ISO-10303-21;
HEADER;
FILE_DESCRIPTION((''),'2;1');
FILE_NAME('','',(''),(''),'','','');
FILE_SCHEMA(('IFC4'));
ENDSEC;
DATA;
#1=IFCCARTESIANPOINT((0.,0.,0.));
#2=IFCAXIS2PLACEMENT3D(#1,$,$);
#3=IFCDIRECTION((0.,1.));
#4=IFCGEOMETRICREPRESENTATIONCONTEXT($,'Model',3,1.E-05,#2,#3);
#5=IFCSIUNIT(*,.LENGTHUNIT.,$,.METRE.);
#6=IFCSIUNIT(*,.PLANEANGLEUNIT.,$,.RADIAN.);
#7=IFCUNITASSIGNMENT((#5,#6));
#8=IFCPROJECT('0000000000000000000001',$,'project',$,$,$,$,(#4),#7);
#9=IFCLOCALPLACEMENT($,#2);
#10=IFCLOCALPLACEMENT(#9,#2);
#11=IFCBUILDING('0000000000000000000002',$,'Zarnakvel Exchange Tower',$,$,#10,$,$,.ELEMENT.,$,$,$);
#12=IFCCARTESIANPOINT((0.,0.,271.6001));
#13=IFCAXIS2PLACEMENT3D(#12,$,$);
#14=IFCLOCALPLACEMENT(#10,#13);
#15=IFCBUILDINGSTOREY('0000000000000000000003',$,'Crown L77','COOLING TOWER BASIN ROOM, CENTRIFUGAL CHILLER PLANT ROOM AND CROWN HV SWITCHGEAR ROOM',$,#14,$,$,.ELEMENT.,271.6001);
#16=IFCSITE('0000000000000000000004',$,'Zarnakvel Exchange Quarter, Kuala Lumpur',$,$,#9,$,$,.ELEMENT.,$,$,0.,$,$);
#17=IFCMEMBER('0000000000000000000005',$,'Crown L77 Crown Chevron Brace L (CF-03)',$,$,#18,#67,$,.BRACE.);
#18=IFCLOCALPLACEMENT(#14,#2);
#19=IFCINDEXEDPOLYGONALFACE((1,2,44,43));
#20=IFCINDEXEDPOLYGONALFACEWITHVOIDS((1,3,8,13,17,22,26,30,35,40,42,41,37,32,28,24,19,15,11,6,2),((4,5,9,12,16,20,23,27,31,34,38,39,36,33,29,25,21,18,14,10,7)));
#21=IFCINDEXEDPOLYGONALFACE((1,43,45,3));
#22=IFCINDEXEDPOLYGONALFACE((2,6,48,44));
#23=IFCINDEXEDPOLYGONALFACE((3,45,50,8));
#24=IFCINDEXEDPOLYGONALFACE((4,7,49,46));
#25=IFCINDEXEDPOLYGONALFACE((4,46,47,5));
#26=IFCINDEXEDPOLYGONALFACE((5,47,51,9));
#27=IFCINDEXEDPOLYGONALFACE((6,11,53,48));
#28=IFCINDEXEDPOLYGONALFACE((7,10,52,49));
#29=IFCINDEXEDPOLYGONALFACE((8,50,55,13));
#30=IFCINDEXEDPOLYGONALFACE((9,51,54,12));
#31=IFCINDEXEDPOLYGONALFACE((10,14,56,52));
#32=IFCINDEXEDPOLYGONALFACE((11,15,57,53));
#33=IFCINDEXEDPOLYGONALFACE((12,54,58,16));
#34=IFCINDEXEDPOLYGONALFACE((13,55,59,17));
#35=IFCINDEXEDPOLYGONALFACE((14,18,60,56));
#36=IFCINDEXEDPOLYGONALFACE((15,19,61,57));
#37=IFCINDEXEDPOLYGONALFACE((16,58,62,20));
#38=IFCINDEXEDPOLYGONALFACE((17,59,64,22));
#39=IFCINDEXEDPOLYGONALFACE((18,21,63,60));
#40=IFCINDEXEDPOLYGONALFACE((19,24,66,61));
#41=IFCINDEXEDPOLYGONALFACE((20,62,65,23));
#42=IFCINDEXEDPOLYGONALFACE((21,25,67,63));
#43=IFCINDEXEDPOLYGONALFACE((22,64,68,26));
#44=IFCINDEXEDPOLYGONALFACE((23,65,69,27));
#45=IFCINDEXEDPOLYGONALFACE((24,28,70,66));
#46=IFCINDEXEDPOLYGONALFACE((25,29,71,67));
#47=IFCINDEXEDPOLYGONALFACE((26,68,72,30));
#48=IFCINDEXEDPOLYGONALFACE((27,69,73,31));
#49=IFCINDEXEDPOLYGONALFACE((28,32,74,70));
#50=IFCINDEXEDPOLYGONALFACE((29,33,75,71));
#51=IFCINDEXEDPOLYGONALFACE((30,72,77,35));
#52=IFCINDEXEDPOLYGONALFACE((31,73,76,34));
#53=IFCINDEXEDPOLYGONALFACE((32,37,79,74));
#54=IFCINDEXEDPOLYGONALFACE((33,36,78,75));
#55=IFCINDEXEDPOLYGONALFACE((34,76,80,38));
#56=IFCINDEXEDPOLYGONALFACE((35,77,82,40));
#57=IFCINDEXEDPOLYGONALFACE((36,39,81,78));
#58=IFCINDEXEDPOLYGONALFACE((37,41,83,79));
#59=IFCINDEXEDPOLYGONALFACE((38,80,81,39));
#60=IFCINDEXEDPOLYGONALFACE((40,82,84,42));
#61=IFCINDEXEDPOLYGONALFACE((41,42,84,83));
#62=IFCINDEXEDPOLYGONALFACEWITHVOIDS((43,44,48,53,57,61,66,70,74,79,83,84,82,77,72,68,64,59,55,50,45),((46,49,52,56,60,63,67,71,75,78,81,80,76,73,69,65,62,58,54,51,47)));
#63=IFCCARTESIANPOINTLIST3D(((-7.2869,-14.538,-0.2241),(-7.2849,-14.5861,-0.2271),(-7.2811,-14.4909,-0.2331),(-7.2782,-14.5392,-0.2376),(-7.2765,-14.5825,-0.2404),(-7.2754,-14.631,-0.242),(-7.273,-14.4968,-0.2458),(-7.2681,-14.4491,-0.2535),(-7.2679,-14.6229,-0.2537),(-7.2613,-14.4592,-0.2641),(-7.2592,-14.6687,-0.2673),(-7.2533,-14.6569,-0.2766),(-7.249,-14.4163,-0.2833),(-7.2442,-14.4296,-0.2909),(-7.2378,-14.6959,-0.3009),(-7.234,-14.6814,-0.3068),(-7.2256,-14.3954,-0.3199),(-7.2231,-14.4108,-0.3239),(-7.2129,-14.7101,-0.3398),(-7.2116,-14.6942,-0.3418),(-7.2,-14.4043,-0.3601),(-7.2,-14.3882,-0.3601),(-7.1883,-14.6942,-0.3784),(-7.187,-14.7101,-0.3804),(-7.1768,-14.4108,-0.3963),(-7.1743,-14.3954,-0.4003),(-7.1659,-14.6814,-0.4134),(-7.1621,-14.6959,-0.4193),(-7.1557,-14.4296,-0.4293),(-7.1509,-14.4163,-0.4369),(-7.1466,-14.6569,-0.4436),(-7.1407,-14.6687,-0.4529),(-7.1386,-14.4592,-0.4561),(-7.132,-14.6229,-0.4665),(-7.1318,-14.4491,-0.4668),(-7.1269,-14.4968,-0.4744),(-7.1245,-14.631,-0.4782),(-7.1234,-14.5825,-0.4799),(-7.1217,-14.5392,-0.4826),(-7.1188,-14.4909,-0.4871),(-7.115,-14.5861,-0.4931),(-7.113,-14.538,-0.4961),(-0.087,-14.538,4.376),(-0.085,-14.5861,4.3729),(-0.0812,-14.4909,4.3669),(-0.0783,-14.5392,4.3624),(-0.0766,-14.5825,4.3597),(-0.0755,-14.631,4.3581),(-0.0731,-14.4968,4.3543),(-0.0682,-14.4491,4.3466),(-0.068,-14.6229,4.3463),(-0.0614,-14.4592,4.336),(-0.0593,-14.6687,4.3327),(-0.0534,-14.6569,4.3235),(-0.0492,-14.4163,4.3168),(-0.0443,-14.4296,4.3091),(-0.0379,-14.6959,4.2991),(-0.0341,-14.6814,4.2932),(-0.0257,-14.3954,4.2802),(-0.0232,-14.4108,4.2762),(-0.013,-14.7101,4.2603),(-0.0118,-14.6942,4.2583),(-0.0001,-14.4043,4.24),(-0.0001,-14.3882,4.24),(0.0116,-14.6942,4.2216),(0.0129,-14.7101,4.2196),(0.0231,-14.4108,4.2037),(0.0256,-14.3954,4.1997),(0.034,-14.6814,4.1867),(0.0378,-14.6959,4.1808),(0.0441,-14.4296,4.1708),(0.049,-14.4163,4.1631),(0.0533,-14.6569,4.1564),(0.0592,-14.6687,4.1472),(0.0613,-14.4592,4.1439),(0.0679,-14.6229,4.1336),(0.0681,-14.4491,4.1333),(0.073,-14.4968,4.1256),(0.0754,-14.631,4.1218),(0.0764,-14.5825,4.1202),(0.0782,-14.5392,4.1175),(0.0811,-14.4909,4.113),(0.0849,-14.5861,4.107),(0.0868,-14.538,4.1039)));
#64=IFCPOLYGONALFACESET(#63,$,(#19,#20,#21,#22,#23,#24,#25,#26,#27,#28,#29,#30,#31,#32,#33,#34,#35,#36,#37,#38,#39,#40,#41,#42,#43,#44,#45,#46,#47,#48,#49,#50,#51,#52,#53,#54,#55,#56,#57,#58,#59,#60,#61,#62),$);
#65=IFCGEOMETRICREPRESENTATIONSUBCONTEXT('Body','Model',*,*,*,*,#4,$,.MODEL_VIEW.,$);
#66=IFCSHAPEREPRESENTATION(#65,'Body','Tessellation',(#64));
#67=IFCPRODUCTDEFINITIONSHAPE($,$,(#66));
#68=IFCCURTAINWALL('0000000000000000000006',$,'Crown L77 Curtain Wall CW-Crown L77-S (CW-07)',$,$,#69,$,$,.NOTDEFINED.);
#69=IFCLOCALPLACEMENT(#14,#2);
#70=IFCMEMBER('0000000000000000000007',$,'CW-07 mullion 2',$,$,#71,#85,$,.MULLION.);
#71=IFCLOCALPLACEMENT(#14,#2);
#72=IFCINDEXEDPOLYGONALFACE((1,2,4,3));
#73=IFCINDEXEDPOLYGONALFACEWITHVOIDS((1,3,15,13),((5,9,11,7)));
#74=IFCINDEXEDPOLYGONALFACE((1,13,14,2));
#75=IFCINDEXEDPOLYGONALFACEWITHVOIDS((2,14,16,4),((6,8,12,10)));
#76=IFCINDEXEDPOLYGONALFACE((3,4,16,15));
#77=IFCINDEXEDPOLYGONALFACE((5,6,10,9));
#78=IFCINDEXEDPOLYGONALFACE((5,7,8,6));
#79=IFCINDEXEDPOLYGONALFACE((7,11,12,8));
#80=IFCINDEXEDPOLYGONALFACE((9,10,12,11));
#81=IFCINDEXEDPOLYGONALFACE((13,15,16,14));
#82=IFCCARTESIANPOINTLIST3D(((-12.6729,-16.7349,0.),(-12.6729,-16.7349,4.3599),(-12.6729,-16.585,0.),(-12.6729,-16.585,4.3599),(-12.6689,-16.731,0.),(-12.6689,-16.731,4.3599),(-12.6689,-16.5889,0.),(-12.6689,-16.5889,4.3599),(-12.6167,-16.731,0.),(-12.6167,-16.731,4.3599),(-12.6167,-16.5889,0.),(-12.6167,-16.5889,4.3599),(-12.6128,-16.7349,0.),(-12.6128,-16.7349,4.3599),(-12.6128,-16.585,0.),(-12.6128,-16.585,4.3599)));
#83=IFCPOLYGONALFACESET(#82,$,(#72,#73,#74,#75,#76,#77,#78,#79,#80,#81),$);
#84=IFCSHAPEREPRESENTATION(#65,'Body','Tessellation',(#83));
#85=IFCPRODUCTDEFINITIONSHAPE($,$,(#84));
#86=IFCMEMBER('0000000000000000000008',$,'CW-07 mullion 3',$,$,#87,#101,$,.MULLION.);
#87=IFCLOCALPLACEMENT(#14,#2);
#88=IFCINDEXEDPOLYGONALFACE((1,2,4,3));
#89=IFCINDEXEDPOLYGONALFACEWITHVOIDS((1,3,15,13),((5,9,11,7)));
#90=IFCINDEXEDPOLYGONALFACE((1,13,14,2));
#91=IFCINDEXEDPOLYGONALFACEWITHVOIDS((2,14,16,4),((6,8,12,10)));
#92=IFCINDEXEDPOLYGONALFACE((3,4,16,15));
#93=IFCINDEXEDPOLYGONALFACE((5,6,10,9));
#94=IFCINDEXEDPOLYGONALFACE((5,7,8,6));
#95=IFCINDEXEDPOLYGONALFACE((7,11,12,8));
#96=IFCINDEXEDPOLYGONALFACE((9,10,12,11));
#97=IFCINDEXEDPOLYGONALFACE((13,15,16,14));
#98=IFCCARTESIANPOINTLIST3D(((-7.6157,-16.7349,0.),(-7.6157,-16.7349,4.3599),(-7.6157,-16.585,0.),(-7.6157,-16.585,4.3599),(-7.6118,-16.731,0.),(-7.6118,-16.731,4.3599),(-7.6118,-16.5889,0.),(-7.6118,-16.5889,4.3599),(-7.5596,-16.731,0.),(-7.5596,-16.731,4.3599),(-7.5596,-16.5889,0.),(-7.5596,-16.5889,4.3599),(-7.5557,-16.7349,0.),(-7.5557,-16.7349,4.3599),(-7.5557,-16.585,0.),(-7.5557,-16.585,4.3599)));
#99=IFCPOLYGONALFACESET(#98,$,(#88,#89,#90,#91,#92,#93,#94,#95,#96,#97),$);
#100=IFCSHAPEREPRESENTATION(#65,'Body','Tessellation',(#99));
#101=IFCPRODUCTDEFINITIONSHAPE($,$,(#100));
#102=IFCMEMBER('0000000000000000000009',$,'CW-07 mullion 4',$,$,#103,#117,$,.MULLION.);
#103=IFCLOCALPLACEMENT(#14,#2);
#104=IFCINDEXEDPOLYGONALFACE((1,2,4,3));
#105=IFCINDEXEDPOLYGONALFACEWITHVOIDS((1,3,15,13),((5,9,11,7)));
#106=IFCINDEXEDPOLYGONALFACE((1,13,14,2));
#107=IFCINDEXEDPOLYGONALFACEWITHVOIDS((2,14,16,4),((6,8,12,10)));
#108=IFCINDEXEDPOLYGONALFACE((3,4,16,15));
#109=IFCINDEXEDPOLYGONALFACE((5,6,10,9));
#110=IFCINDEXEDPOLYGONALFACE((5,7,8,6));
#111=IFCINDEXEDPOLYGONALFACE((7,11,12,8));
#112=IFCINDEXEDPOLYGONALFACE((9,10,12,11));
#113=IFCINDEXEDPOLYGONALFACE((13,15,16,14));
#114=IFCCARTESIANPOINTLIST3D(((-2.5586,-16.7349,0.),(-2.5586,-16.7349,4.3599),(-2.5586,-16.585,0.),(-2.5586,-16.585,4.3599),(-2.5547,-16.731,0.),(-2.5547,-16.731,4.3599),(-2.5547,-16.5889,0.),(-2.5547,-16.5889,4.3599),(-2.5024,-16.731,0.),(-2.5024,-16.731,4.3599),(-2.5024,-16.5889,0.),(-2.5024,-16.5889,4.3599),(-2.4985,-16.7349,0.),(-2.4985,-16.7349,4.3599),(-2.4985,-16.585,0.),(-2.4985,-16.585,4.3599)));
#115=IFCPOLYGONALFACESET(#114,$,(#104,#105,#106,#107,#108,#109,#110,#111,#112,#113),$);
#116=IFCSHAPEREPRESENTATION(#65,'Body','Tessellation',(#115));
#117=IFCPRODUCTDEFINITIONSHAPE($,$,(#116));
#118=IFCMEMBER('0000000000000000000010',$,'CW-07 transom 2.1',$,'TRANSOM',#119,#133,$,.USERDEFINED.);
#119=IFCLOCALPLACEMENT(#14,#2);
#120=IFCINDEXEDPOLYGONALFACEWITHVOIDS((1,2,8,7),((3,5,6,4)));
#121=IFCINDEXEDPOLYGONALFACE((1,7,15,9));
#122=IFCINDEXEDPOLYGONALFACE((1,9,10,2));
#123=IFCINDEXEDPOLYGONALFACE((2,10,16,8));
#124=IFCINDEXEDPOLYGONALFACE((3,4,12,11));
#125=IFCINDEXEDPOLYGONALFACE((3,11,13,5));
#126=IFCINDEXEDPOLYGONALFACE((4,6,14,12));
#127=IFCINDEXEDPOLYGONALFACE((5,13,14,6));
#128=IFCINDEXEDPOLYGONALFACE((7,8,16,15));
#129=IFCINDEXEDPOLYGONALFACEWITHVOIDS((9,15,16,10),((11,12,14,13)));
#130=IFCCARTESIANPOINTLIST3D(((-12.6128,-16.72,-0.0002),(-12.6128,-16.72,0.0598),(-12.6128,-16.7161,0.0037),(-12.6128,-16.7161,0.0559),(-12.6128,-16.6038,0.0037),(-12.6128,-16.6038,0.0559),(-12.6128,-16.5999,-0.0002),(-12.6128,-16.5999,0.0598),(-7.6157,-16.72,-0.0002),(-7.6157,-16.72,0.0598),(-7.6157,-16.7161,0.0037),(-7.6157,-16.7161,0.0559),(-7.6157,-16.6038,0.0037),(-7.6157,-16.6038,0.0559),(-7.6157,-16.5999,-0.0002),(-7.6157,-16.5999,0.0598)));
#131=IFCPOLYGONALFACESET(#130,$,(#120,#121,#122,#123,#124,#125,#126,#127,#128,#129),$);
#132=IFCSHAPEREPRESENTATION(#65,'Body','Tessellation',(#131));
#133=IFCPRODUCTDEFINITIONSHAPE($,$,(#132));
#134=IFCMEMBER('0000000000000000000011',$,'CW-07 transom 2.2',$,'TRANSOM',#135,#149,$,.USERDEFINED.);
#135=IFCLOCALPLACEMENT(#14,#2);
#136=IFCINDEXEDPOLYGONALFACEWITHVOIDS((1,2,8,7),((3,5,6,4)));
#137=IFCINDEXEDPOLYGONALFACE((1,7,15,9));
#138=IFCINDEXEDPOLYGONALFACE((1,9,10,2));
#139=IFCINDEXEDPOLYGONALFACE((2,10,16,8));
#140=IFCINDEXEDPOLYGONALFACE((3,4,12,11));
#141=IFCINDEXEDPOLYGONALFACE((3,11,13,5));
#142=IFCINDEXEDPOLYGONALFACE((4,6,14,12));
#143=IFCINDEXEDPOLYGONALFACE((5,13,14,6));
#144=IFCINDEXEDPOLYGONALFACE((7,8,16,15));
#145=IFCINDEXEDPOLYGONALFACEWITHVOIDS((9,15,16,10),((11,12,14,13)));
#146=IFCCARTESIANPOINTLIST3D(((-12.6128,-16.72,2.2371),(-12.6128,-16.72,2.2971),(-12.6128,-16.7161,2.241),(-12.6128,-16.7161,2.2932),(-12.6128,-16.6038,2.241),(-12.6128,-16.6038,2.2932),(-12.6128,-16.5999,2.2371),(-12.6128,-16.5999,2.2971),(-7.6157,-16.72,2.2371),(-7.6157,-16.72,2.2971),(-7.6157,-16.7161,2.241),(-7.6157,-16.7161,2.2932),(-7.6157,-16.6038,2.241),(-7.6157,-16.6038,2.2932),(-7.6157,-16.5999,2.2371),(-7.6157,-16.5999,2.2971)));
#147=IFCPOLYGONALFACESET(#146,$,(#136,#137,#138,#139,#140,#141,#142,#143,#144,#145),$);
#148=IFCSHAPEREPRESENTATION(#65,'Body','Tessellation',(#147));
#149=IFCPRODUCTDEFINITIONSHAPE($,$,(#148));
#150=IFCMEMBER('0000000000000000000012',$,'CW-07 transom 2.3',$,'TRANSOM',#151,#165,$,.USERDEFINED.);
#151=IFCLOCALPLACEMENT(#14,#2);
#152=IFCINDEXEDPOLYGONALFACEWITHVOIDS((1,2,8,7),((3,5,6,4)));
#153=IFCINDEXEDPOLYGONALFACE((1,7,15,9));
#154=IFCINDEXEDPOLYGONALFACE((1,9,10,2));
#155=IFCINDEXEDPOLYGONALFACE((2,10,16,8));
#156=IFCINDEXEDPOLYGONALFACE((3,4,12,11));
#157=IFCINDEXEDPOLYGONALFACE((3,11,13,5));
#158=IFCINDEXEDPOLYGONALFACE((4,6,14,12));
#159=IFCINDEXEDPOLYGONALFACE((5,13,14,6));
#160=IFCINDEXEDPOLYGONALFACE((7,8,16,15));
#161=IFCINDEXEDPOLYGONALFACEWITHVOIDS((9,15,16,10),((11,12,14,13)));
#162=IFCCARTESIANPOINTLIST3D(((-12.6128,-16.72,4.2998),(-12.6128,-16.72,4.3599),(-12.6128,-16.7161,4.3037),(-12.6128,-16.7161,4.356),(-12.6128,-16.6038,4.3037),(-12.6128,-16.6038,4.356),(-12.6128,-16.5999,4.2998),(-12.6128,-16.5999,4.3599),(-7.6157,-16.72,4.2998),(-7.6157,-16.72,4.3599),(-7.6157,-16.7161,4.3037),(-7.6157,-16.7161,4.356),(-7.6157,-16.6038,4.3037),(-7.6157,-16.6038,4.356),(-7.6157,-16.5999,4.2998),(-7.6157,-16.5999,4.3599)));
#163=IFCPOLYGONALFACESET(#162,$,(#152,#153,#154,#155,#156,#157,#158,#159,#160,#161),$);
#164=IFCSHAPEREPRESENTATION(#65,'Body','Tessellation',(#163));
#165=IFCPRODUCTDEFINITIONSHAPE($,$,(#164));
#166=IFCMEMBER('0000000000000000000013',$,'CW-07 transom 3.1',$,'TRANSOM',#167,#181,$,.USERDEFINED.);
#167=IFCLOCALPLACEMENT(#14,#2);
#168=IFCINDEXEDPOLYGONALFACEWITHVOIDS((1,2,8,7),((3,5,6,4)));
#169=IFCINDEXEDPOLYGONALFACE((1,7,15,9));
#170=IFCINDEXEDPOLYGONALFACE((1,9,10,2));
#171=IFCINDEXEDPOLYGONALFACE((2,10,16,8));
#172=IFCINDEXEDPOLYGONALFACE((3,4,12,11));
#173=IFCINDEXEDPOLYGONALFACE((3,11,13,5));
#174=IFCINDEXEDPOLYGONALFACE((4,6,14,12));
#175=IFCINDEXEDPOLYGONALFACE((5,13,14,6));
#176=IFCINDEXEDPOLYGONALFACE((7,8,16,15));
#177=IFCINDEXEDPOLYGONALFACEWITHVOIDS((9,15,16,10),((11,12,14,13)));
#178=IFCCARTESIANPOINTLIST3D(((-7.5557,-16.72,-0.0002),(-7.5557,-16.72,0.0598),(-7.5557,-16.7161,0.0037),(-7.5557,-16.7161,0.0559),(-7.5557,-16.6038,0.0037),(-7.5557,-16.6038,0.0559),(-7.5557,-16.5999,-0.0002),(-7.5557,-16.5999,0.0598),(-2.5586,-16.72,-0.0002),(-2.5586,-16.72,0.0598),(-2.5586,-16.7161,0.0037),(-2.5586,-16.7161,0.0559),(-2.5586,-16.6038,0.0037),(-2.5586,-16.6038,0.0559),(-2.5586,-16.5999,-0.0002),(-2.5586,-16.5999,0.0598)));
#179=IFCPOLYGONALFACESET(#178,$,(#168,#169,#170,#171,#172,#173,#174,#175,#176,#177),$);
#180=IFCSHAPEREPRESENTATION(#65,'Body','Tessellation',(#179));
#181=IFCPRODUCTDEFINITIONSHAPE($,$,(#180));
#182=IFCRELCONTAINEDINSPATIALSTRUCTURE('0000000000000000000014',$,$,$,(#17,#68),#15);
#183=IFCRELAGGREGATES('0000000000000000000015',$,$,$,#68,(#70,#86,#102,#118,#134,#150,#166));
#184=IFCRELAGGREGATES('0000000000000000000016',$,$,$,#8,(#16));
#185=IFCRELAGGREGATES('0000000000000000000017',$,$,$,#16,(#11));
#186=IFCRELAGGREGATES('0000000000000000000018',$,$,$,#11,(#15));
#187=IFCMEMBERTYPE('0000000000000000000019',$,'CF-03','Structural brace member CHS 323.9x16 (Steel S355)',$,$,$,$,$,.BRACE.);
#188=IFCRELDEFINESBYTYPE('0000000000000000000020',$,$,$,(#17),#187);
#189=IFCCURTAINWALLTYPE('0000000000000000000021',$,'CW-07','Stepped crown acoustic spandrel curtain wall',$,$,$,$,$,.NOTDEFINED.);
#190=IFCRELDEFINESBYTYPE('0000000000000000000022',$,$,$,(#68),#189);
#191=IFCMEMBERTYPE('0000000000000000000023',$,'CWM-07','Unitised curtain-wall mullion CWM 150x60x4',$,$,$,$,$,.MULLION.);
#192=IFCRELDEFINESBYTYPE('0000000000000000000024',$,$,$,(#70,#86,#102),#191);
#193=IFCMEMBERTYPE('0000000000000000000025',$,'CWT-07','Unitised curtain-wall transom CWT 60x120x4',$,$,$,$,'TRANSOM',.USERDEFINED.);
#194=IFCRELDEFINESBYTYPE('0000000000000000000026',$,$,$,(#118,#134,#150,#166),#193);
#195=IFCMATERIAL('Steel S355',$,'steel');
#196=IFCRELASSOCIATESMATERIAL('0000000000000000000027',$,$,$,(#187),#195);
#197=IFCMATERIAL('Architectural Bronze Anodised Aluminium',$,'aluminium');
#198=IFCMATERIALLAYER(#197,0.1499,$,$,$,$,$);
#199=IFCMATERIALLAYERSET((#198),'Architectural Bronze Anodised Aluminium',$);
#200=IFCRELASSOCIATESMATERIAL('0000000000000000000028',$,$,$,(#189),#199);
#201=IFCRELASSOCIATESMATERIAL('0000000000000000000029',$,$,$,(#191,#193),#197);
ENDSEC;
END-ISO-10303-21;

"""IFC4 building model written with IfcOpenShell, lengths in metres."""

from ifc_helpers import new_model, si_unit, direction, frame, origin, origin_2d, place, context, subcontext, project, spatial, hollow_rectangle, hollow_circle, extrude, source, transform, mapped, material, layer, layer_set, material_profile, profile_set, type_object, element, aggregate, save


model = new_model("IFC4")

# Units and contexts
model_context = context("Model", 3, precision=1e-05, world=origin(), true_north=direction((0.0, 1.0)))
body_context = subcontext(model_context, "Body", "Model", "MODEL_VIEW")
ifc_project = project(units=[si_unit("LENGTHUNIT", "METRE"), si_unit("PLANEANGLEUNIT", "RADIAN")], contexts=[model_context])

# Site, building, storey
site_placement = place(None, origin())
site = spatial("IfcSite", under=ifc_project, at=site_placement, Name="Zarnakvel Exchange Quarter, Kuala Lumpur", CompositionType="ELEMENT", RefElevation=0.0)
building_placement = place(site_placement, origin())
building = spatial("IfcBuilding", under=site, at=building_placement, Name="Zarnakvel Exchange Tower", CompositionType="ELEMENT")
storey_placement = place(building_placement, frame((0.0, 0.0, 271.6001)))
storey = spatial("IfcBuildingStorey", under=building, at=storey_placement, Name="Crown L77", Description="COOLING TOWER BASIN ROOM, CENTRIFUGAL CHILLER PLANT ROOM AND CROWN HV SWITCHGEAR ROOM", CompositionType="ELEMENT", Elevation=271.6001)

# Shared definitions
ifc_material_1 = material(Name="Steel S355", Category="steel")

# Member
ifc_material_profile_1 = material_profile(ifc_material_1, hollow_circle(Radius=0.1619, WallThickness=0.0161, at=origin_2d()))
ifc_profile_set_1 = profile_set([ifc_material_profile_1], Name="Steel S355")
member_type_1 = type_object("IfcMemberType", Name="CF-03", Description="Structural brace member CHS 323.9x16 (Steel S355)", PredefinedType="BRACE", material=ifc_profile_set_1)
shared_shape_1 = source(origin(), body_context, "Body", "SweptSolid", [
    extrude(hollow_circle(Radius=0.1619, WallThickness=0.0161, at=origin_2d()), origin(), (0.0, 0.0, 1.0), 8.5439),
])
member_1_placement = place(storey_placement, frame((-7.2, -14.55, -0.3601), z_axis=(0.842689, 0.0, 0.5384), x_axis=(0.0, 1.0, 0.0)))
element("IfcMember", 1, at=member_1_placement, inside=storey, type_object=member_type_1, Name="Crown L77 Crown Chevron Brace L (CF-03)", PredefinedType="BRACE", context=body_context, shape_type="MappedRepresentation", body=[
    mapped(shared_shape_1, transform((0.0, 0.0, 0.0), x_axis=(1.0, 0.0, 0.0), y_axis=(0.0, 1.0, 0.0), z_axis=(0.0, 0.0, 1.0), scale=1.0)),
])

# Curtain wall, members
ifc_material_2 = material(Name="Architectural Bronze Anodised Aluminium", Category="aluminium")
ifc_layer_1 = layer(ifc_material_2, 0.1499)
ifc_layer_set_1 = layer_set([ifc_layer_1], Name="Architectural Bronze Anodised Aluminium")
curtain_wall_type = type_object("IfcCurtainWallType", Name="CW-07", Description="Stepped crown acoustic spandrel curtain wall", PredefinedType="NOTDEFINED", material=ifc_layer_set_1)
curtain_wall_placement = place(storey_placement, origin())
curtain_wall = element("IfcCurtainWall", 2, at=curtain_wall_placement, inside=storey, type_object=curtain_wall_type, Name="Crown L77 Curtain Wall CW-Crown L77-S (CW-07)", PredefinedType="NOTDEFINED")
ifc_material_profile_2 = material_profile(ifc_material_2, hollow_rectangle(XDim=0.1499, YDim=0.0601, WallThickness=0.0039, at=origin_2d()))
ifc_profile_set_2 = profile_set([ifc_material_profile_2], Name="Architectural Bronze Anodised Aluminium")
member_type_2 = type_object("IfcMemberType", Name="CWM-07", Description="Unitised curtain-wall mullion CWM 150x60x4", PredefinedType="MULLION", material=ifc_profile_set_2)
shared_shape_2 = source(origin(), body_context, "Body", "SweptSolid", [
    extrude(hollow_rectangle(XDim=0.1499, YDim=0.0601, WallThickness=0.0039, at=origin_2d()), origin(), (0.0, 0.0, 1.0), 4.3599),
])
member_2_placement = place(storey_placement, frame((-12.6428, -16.6599, 0.0), z_axis=(0.0, 0.0, 1.0), x_axis=(0.0, 1.0, 0.0)))
member_2 = element("IfcMember", 3, at=member_2_placement, type_object=member_type_2, Name="CW-07 mullion 2", PredefinedType="MULLION", context=body_context, shape_type="MappedRepresentation", body=[
    mapped(shared_shape_2, transform((0.0, 0.0, 0.0), x_axis=(1.0, 0.0, 0.0), y_axis=(0.0, 1.0, 0.0), z_axis=(0.0, 0.0, 1.0), scale=1.0)),
])
member_3_placement = place(storey_placement, frame((-7.5857, -16.6599, 0.0), z_axis=(0.0, 0.0, 1.0), x_axis=(0.0, 1.0, 0.0)))
member_3 = element("IfcMember", 4, at=member_3_placement, type_object=member_type_2, Name="CW-07 mullion 3", PredefinedType="MULLION", context=body_context, shape_type="MappedRepresentation", body=[
    mapped(shared_shape_2, transform((0.0, 0.0, 0.0), x_axis=(1.0, 0.0, 0.0), y_axis=(0.0, 1.0, 0.0), z_axis=(0.0, 0.0, 1.0), scale=1.0)),
])
member_4_placement = place(storey_placement, frame((-2.5286, -16.6599, 0.0), z_axis=(0.0, 0.0, 1.0), x_axis=(0.0, 1.0, 0.0)))
member_4 = element("IfcMember", 5, at=member_4_placement, type_object=member_type_2, Name="CW-07 mullion 4", PredefinedType="MULLION", context=body_context, shape_type="MappedRepresentation", body=[
    mapped(shared_shape_2, transform((0.0, 0.0, 0.0), x_axis=(1.0, 0.0, 0.0), y_axis=(0.0, 1.0, 0.0), z_axis=(0.0, 0.0, 1.0), scale=1.0)),
])
ifc_material_profile_3 = material_profile(ifc_material_2, hollow_rectangle(XDim=0.1201, YDim=0.0601, WallThickness=0.0039, at=origin_2d()))
ifc_profile_set_3 = profile_set([ifc_material_profile_3], Name="Architectural Bronze Anodised Aluminium")
member_type_3 = type_object("IfcMemberType", Name="CWT-07", Description="Unitised curtain-wall transom CWT 60x120x4", ElementType="TRANSOM", PredefinedType="USERDEFINED", material=ifc_profile_set_3)
shared_shape_3 = source(origin(), body_context, "Body", "SweptSolid", [
    extrude(hollow_rectangle(XDim=0.1201, YDim=0.0601, WallThickness=0.0039, at=origin_2d()), origin(), (0.0, 0.0, 1.0), 4.9971),
])
member_5_placement = place(storey_placement, frame((-12.6128, -16.6599, 0.0298), z_axis=(1.0, 0.0, 0.0), x_axis=(0.0, 1.0, 0.0)))
member_5 = element("IfcMember", 6, at=member_5_placement, type_object=member_type_3, Name="CW-07 transom 2.1", ObjectType="TRANSOM", PredefinedType="USERDEFINED", context=body_context, shape_type="MappedRepresentation", body=[
    mapped(shared_shape_3, transform((0.0, 0.0, 0.0), x_axis=(1.0, 0.0, 0.0), y_axis=(0.0, 1.0, 0.0), z_axis=(0.0, 0.0, 1.0), scale=1.0)),
])
member_6_placement = place(storey_placement, frame((-12.6128, -16.6599, 2.2671), z_axis=(1.0, 0.0, 0.0), x_axis=(0.0, 1.0, 0.0)))
member_6 = element("IfcMember", 7, at=member_6_placement, type_object=member_type_3, Name="CW-07 transom 2.2", ObjectType="TRANSOM", PredefinedType="USERDEFINED", context=body_context, shape_type="MappedRepresentation", body=[
    mapped(shared_shape_3, transform((0.0, 0.0, 0.0), x_axis=(1.0, 0.0, 0.0), y_axis=(0.0, 1.0, 0.0), z_axis=(0.0, 0.0, 1.0), scale=1.0)),
])
member_7_placement = place(storey_placement, frame((-12.6128, -16.6599, 4.3298), z_axis=(1.0, 0.0, 0.0), x_axis=(0.0, 1.0, 0.0)))
member_7 = element("IfcMember", 8, at=member_7_placement, type_object=member_type_3, Name="CW-07 transom 2.3", ObjectType="TRANSOM", PredefinedType="USERDEFINED", context=body_context, shape_type="MappedRepresentation", body=[
    mapped(shared_shape_3, transform((0.0, 0.0, 0.0), x_axis=(1.0, 0.0, 0.0), y_axis=(0.0, 1.0, 0.0), z_axis=(0.0, 0.0, 1.0), scale=1.0)),
])
member_8_placement = place(storey_placement, frame((-7.5557, -16.6599, 0.0298), z_axis=(1.0, 0.0, 0.0), x_axis=(0.0, 1.0, 0.0)))
member_8 = element("IfcMember", 9, at=member_8_placement, type_object=member_type_3, Name="CW-07 transom 3.1", ObjectType="TRANSOM", PredefinedType="USERDEFINED", context=body_context, shape_type="MappedRepresentation", body=[
    mapped(shared_shape_3, transform((0.0, 0.0, 0.0), x_axis=(1.0, 0.0, 0.0), y_axis=(0.0, 1.0, 0.0), z_axis=(0.0, 0.0, 1.0), scale=1.0)),
])

aggregate(curtain_wall, [member_2, member_3, member_4, member_5, member_6, member_7, member_8])

save(model, "model.ifc")
